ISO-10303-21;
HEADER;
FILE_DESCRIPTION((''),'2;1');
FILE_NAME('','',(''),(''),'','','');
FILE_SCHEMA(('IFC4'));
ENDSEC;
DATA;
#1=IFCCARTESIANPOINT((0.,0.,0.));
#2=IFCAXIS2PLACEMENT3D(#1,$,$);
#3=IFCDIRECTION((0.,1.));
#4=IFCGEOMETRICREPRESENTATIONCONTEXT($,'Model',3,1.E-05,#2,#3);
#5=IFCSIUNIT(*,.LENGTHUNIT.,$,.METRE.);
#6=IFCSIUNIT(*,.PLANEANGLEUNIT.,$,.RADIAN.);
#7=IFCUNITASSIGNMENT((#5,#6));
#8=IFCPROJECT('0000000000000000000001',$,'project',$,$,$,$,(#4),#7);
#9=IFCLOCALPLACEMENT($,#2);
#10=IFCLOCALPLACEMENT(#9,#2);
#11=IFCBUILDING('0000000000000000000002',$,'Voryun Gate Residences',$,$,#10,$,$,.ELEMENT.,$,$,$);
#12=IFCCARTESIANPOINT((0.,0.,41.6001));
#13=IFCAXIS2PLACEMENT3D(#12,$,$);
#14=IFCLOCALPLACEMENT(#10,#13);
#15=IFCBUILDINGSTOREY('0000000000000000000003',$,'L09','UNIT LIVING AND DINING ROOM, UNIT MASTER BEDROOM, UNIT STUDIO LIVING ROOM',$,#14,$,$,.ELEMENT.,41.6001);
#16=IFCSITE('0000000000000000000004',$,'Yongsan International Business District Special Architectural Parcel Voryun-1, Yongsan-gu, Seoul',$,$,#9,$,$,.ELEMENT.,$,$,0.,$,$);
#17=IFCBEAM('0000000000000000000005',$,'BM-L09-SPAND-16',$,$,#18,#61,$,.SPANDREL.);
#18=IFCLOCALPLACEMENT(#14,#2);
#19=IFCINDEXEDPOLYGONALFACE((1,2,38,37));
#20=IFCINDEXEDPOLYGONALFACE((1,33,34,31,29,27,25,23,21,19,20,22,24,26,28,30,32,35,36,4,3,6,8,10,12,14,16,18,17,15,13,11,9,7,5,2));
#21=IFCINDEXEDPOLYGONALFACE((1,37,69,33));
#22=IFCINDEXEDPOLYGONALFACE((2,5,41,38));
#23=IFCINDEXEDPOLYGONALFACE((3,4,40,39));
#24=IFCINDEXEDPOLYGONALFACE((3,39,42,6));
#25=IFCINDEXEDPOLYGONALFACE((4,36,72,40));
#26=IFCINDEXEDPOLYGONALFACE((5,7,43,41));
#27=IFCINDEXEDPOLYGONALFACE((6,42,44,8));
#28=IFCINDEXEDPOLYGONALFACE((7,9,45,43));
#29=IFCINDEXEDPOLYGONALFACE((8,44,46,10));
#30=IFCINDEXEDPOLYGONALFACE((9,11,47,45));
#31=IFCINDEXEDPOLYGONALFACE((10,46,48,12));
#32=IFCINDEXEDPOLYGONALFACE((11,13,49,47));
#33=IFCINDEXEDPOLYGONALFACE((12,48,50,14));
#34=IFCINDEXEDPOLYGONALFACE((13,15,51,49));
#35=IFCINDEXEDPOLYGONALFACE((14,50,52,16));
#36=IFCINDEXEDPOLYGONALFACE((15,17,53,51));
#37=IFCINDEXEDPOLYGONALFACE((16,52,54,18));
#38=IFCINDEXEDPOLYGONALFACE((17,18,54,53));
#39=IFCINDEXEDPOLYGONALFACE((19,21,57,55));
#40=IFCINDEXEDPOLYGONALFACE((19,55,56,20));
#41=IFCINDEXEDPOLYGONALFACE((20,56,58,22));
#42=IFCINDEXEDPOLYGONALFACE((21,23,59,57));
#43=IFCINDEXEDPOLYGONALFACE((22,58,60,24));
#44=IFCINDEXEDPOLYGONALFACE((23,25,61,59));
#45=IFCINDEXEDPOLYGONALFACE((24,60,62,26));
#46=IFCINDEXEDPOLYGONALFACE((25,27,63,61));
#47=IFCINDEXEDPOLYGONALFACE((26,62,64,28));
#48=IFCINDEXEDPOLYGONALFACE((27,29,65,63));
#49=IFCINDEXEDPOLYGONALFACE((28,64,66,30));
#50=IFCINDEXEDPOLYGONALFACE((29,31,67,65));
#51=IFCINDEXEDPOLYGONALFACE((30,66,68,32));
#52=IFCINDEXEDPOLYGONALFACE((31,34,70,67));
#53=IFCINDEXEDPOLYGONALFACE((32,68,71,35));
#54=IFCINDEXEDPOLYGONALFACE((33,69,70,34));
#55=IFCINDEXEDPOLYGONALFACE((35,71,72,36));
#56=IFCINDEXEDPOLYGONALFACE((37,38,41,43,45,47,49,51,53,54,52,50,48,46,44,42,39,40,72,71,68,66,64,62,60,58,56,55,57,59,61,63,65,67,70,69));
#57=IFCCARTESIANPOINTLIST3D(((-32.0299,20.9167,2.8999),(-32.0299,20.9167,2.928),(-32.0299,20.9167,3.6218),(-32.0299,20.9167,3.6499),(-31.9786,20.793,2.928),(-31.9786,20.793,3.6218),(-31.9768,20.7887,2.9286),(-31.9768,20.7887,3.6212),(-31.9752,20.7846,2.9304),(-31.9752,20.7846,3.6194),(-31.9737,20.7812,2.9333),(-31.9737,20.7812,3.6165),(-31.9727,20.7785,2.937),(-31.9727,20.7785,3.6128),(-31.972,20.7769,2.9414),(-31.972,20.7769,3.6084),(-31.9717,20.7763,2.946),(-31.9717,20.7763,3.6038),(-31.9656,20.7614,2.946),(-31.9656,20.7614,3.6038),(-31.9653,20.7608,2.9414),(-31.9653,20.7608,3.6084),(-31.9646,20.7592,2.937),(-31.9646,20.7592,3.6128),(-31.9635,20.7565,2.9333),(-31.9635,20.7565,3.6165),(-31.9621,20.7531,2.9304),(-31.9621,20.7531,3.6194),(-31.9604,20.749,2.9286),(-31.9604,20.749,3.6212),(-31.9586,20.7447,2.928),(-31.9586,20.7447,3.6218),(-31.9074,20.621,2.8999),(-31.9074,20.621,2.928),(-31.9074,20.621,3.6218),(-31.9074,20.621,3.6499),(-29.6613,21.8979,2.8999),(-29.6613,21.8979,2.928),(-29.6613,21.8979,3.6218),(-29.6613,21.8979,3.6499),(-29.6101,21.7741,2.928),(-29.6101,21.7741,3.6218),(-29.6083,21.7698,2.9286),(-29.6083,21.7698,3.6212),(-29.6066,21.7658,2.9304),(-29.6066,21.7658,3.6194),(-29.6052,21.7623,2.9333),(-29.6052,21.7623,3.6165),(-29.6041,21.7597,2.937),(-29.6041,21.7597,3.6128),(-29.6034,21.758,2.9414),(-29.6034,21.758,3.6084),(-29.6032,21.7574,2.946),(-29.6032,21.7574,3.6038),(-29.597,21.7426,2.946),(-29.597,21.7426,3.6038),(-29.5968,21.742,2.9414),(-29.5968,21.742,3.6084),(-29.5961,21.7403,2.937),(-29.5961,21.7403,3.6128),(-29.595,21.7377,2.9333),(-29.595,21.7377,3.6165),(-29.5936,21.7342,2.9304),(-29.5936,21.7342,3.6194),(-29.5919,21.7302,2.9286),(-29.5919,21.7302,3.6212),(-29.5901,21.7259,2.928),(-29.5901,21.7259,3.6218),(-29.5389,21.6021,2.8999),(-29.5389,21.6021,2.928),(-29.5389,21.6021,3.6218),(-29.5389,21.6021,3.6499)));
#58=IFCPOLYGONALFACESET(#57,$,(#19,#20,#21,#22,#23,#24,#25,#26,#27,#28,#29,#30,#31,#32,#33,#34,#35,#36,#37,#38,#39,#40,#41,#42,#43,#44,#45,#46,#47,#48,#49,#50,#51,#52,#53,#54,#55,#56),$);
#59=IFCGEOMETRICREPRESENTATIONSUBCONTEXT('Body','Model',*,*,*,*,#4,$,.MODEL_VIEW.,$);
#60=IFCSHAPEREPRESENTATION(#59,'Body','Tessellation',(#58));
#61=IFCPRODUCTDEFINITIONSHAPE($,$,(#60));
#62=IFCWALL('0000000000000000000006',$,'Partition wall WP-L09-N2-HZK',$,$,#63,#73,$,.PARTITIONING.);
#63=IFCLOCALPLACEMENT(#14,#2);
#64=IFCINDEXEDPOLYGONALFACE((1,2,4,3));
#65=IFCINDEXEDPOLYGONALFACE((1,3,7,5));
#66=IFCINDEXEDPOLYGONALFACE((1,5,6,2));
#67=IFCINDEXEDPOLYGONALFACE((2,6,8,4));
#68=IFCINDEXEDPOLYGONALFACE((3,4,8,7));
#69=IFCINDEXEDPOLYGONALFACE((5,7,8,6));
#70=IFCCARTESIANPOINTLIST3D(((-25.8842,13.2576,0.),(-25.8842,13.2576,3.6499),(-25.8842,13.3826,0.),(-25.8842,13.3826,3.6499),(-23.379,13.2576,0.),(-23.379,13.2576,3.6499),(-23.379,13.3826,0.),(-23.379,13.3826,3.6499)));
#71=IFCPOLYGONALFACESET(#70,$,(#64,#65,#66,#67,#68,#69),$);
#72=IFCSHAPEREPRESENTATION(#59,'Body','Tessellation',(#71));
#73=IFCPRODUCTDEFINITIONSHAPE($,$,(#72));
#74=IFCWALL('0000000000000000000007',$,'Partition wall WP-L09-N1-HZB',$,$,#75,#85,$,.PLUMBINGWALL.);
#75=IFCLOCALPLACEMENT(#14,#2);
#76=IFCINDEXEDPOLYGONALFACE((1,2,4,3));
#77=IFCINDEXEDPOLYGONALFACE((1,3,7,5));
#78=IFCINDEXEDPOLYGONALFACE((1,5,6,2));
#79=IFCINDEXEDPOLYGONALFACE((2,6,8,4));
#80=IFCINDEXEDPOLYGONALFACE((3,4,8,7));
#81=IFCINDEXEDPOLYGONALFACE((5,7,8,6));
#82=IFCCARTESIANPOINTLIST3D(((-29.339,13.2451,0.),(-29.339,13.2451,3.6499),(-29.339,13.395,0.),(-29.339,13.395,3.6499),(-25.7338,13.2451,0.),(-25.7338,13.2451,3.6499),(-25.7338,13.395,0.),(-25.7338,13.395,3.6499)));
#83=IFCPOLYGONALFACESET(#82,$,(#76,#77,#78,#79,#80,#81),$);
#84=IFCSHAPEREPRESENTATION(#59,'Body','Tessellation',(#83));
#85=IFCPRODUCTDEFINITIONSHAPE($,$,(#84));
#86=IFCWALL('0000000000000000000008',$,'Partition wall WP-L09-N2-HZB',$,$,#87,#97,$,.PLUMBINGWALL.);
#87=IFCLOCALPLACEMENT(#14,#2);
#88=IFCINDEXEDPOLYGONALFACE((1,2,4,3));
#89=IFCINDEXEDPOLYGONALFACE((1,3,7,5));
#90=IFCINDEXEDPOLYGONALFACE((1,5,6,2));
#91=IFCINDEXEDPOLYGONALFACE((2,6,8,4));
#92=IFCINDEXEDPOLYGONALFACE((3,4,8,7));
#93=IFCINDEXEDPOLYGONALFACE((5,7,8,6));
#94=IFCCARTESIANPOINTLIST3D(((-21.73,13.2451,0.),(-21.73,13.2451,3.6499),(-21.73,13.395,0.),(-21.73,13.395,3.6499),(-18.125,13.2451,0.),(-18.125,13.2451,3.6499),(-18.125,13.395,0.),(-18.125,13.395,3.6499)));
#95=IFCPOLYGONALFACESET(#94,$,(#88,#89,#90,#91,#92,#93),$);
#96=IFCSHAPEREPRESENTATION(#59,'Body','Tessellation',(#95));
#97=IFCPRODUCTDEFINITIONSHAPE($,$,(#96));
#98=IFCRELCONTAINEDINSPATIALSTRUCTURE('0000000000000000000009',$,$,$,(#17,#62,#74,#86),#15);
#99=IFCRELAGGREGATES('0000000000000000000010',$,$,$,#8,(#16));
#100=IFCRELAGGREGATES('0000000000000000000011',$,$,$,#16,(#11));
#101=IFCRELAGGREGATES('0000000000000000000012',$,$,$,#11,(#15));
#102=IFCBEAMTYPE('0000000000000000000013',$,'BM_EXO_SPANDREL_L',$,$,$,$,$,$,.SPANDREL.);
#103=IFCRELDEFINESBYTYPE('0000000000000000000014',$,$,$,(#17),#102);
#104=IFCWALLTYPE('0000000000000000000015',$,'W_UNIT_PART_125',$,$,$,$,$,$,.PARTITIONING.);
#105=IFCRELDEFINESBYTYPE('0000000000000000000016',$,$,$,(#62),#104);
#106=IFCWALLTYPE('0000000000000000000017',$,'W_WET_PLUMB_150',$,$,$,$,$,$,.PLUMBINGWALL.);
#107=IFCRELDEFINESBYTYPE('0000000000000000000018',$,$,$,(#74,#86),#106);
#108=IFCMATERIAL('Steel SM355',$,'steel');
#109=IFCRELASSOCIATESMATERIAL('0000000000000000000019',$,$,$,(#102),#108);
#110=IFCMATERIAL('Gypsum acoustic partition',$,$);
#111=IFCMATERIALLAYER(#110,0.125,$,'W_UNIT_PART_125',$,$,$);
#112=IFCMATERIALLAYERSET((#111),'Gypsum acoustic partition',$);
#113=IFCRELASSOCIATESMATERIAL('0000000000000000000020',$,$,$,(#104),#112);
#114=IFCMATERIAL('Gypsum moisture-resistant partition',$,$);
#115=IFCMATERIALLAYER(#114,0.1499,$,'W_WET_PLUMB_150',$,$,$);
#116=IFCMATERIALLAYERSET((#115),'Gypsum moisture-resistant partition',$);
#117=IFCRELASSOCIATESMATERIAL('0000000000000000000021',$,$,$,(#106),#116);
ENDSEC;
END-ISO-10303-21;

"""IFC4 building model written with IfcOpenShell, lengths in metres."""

from ifc_helpers import new_model, si_unit, direction, frame, frame_2d, origin, origin_2d, place, context, subcontext, project, spatial, rectangle, i_section, extrude, material, layer, layer_set, material_profile, profile_set, type_object, element, save


model = new_model("IFC4")

# Units and contexts
model_context = context("Model", 3, precision=1e-05, world=origin(), true_north=direction((0.0, 1.0)))
body_context = subcontext(model_context, "Body", "Model", "MODEL_VIEW")
ifc_project = project(units=[si_unit("LENGTHUNIT", "METRE"), si_unit("PLANEANGLEUNIT", "RADIAN")], contexts=[model_context])

# Site, building, storey
site_placement = place(None, origin())
site = spatial("IfcSite", under=ifc_project, at=site_placement, Name="Yongsan International Business District Special Architectural Parcel Voryun-1, Yongsan-gu, Seoul", CompositionType="ELEMENT", RefElevation=0.0)
building_placement = place(site_placement, origin())
building = spatial("IfcBuilding", under=site, at=building_placement, Name="Voryun Gate Residences", CompositionType="ELEMENT")
storey_placement = place(building_placement, frame((0.0, 0.0, 41.6001)))
storey = spatial("IfcBuildingStorey", under=building, at=storey_placement, Name="L09", Description="UNIT LIVING AND DINING ROOM, UNIT MASTER BEDROOM, UNIT STUDIO LIVING ROOM", CompositionType="ELEMENT", Elevation=41.6001)

# Beam
ifc_material_1 = material(Name="Steel SM355", Category="steel")
ifc_material_profile = material_profile(ifc_material_1, i_section(OverallWidth=0.3201, OverallDepth=0.75, WebThickness=0.0161, FlangeThickness=0.0281, FilletRadius=0.0181, at=origin_2d()), Name="H-750x320x16x28")
ifc_profile_set = profile_set([ifc_material_profile], Name="Steel SM355")
beam_type = type_object("IfcBeamType", Name="BM_EXO_SPANDREL_L", PredefinedType="SPANDREL", material=ifc_profile_set)
beam_placement = place(storey_placement, frame((-29.6001, 21.75, 3.2749), z_axis=(-0.923869, -0.382708, 0.0), x_axis=(0.382708, -0.923869, 0.0)))
element("IfcBeam", 1, at=beam_placement, inside=storey, type_object=beam_type, Name="BM-L09-SPAND-16", PredefinedType="SPANDREL", context=body_context, shape_type="SweptSolid", body=[
    extrude(i_section(OverallWidth=0.3201, OverallDepth=0.75, WebThickness=0.0161, FlangeThickness=0.0281, FilletRadius=0.0181, at=origin_2d()), origin(), (0.0, 0.0, 1.0), 2.5637),
])

# Walls
ifc_material_2 = material(Name="Gypsum acoustic partition")
ifc_layer_1 = layer(ifc_material_2, 0.125, Name="W_UNIT_PART_125")
ifc_layer_set_1 = layer_set([ifc_layer_1], Name="Gypsum acoustic partition")
wall_type_1 = type_object("IfcWallType", Name="W_UNIT_PART_125", PredefinedType="PARTITIONING", material=ifc_layer_set_1)
wall_1_placement = place(storey_placement, frame((-25.884, 13.3201, 0.0), z_axis=(0.0, 0.0, 1.0), x_axis=(1.0, 0.0, 0.0)))
element("IfcWall", 2, at=wall_1_placement, inside=storey, type_object=wall_type_1, Name="Partition wall WP-L09-N2-HZK", PredefinedType="PARTITIONING", context=body_context, shape_type="SweptSolid", body=[
    extrude(rectangle(XDim=2.5051, YDim=0.125, at=frame_2d((1.2524, 0.0))), origin(), (0.0, 0.0, 1.0), 3.6499),
])
ifc_material_3 = material(Name="Gypsum moisture-resistant partition")
ifc_layer_2 = layer(ifc_material_3, 0.1499, Name="W_WET_PLUMB_150")
ifc_layer_set_2 = layer_set([ifc_layer_2], Name="Gypsum moisture-resistant partition")
wall_type_2 = type_object("IfcWallType", Name="W_WET_PLUMB_150", PredefinedType="PLUMBINGWALL", material=ifc_layer_set_2)
wall_2_placement = place(storey_placement, frame((-29.3391, 13.3201, 0.0), z_axis=(0.0, 0.0, 1.0), x_axis=(1.0, 0.0, 0.0)))
element("IfcWall", 3, at=wall_2_placement, inside=storey, type_object=wall_type_2, Name="Partition wall WP-L09-N1-HZB", PredefinedType="PLUMBINGWALL", context=body_context, shape_type="SweptSolid", body=[
    extrude(rectangle(XDim=3.6052, YDim=0.1499, at=frame_2d((1.8027, 0.0))), origin(), (0.0, 0.0, 1.0), 3.6499),
])
wall_3_placement = place(storey_placement, frame((-21.73, 13.3201, 0.0), z_axis=(0.0, 0.0, 1.0), x_axis=(1.0, 0.0, 0.0)))
element("IfcWall", 4, at=wall_3_placement, inside=storey, type_object=wall_type_2, Name="Partition wall WP-L09-N2-HZB", PredefinedType="PLUMBINGWALL", context=body_context, shape_type="SweptSolid", body=[
    extrude(rectangle(XDim=3.605, YDim=0.1499, at=frame_2d((1.8025, 0.0))), origin(), (0.0, 0.0, 1.0), 3.6499),
])

save(model, "model.ifc")
